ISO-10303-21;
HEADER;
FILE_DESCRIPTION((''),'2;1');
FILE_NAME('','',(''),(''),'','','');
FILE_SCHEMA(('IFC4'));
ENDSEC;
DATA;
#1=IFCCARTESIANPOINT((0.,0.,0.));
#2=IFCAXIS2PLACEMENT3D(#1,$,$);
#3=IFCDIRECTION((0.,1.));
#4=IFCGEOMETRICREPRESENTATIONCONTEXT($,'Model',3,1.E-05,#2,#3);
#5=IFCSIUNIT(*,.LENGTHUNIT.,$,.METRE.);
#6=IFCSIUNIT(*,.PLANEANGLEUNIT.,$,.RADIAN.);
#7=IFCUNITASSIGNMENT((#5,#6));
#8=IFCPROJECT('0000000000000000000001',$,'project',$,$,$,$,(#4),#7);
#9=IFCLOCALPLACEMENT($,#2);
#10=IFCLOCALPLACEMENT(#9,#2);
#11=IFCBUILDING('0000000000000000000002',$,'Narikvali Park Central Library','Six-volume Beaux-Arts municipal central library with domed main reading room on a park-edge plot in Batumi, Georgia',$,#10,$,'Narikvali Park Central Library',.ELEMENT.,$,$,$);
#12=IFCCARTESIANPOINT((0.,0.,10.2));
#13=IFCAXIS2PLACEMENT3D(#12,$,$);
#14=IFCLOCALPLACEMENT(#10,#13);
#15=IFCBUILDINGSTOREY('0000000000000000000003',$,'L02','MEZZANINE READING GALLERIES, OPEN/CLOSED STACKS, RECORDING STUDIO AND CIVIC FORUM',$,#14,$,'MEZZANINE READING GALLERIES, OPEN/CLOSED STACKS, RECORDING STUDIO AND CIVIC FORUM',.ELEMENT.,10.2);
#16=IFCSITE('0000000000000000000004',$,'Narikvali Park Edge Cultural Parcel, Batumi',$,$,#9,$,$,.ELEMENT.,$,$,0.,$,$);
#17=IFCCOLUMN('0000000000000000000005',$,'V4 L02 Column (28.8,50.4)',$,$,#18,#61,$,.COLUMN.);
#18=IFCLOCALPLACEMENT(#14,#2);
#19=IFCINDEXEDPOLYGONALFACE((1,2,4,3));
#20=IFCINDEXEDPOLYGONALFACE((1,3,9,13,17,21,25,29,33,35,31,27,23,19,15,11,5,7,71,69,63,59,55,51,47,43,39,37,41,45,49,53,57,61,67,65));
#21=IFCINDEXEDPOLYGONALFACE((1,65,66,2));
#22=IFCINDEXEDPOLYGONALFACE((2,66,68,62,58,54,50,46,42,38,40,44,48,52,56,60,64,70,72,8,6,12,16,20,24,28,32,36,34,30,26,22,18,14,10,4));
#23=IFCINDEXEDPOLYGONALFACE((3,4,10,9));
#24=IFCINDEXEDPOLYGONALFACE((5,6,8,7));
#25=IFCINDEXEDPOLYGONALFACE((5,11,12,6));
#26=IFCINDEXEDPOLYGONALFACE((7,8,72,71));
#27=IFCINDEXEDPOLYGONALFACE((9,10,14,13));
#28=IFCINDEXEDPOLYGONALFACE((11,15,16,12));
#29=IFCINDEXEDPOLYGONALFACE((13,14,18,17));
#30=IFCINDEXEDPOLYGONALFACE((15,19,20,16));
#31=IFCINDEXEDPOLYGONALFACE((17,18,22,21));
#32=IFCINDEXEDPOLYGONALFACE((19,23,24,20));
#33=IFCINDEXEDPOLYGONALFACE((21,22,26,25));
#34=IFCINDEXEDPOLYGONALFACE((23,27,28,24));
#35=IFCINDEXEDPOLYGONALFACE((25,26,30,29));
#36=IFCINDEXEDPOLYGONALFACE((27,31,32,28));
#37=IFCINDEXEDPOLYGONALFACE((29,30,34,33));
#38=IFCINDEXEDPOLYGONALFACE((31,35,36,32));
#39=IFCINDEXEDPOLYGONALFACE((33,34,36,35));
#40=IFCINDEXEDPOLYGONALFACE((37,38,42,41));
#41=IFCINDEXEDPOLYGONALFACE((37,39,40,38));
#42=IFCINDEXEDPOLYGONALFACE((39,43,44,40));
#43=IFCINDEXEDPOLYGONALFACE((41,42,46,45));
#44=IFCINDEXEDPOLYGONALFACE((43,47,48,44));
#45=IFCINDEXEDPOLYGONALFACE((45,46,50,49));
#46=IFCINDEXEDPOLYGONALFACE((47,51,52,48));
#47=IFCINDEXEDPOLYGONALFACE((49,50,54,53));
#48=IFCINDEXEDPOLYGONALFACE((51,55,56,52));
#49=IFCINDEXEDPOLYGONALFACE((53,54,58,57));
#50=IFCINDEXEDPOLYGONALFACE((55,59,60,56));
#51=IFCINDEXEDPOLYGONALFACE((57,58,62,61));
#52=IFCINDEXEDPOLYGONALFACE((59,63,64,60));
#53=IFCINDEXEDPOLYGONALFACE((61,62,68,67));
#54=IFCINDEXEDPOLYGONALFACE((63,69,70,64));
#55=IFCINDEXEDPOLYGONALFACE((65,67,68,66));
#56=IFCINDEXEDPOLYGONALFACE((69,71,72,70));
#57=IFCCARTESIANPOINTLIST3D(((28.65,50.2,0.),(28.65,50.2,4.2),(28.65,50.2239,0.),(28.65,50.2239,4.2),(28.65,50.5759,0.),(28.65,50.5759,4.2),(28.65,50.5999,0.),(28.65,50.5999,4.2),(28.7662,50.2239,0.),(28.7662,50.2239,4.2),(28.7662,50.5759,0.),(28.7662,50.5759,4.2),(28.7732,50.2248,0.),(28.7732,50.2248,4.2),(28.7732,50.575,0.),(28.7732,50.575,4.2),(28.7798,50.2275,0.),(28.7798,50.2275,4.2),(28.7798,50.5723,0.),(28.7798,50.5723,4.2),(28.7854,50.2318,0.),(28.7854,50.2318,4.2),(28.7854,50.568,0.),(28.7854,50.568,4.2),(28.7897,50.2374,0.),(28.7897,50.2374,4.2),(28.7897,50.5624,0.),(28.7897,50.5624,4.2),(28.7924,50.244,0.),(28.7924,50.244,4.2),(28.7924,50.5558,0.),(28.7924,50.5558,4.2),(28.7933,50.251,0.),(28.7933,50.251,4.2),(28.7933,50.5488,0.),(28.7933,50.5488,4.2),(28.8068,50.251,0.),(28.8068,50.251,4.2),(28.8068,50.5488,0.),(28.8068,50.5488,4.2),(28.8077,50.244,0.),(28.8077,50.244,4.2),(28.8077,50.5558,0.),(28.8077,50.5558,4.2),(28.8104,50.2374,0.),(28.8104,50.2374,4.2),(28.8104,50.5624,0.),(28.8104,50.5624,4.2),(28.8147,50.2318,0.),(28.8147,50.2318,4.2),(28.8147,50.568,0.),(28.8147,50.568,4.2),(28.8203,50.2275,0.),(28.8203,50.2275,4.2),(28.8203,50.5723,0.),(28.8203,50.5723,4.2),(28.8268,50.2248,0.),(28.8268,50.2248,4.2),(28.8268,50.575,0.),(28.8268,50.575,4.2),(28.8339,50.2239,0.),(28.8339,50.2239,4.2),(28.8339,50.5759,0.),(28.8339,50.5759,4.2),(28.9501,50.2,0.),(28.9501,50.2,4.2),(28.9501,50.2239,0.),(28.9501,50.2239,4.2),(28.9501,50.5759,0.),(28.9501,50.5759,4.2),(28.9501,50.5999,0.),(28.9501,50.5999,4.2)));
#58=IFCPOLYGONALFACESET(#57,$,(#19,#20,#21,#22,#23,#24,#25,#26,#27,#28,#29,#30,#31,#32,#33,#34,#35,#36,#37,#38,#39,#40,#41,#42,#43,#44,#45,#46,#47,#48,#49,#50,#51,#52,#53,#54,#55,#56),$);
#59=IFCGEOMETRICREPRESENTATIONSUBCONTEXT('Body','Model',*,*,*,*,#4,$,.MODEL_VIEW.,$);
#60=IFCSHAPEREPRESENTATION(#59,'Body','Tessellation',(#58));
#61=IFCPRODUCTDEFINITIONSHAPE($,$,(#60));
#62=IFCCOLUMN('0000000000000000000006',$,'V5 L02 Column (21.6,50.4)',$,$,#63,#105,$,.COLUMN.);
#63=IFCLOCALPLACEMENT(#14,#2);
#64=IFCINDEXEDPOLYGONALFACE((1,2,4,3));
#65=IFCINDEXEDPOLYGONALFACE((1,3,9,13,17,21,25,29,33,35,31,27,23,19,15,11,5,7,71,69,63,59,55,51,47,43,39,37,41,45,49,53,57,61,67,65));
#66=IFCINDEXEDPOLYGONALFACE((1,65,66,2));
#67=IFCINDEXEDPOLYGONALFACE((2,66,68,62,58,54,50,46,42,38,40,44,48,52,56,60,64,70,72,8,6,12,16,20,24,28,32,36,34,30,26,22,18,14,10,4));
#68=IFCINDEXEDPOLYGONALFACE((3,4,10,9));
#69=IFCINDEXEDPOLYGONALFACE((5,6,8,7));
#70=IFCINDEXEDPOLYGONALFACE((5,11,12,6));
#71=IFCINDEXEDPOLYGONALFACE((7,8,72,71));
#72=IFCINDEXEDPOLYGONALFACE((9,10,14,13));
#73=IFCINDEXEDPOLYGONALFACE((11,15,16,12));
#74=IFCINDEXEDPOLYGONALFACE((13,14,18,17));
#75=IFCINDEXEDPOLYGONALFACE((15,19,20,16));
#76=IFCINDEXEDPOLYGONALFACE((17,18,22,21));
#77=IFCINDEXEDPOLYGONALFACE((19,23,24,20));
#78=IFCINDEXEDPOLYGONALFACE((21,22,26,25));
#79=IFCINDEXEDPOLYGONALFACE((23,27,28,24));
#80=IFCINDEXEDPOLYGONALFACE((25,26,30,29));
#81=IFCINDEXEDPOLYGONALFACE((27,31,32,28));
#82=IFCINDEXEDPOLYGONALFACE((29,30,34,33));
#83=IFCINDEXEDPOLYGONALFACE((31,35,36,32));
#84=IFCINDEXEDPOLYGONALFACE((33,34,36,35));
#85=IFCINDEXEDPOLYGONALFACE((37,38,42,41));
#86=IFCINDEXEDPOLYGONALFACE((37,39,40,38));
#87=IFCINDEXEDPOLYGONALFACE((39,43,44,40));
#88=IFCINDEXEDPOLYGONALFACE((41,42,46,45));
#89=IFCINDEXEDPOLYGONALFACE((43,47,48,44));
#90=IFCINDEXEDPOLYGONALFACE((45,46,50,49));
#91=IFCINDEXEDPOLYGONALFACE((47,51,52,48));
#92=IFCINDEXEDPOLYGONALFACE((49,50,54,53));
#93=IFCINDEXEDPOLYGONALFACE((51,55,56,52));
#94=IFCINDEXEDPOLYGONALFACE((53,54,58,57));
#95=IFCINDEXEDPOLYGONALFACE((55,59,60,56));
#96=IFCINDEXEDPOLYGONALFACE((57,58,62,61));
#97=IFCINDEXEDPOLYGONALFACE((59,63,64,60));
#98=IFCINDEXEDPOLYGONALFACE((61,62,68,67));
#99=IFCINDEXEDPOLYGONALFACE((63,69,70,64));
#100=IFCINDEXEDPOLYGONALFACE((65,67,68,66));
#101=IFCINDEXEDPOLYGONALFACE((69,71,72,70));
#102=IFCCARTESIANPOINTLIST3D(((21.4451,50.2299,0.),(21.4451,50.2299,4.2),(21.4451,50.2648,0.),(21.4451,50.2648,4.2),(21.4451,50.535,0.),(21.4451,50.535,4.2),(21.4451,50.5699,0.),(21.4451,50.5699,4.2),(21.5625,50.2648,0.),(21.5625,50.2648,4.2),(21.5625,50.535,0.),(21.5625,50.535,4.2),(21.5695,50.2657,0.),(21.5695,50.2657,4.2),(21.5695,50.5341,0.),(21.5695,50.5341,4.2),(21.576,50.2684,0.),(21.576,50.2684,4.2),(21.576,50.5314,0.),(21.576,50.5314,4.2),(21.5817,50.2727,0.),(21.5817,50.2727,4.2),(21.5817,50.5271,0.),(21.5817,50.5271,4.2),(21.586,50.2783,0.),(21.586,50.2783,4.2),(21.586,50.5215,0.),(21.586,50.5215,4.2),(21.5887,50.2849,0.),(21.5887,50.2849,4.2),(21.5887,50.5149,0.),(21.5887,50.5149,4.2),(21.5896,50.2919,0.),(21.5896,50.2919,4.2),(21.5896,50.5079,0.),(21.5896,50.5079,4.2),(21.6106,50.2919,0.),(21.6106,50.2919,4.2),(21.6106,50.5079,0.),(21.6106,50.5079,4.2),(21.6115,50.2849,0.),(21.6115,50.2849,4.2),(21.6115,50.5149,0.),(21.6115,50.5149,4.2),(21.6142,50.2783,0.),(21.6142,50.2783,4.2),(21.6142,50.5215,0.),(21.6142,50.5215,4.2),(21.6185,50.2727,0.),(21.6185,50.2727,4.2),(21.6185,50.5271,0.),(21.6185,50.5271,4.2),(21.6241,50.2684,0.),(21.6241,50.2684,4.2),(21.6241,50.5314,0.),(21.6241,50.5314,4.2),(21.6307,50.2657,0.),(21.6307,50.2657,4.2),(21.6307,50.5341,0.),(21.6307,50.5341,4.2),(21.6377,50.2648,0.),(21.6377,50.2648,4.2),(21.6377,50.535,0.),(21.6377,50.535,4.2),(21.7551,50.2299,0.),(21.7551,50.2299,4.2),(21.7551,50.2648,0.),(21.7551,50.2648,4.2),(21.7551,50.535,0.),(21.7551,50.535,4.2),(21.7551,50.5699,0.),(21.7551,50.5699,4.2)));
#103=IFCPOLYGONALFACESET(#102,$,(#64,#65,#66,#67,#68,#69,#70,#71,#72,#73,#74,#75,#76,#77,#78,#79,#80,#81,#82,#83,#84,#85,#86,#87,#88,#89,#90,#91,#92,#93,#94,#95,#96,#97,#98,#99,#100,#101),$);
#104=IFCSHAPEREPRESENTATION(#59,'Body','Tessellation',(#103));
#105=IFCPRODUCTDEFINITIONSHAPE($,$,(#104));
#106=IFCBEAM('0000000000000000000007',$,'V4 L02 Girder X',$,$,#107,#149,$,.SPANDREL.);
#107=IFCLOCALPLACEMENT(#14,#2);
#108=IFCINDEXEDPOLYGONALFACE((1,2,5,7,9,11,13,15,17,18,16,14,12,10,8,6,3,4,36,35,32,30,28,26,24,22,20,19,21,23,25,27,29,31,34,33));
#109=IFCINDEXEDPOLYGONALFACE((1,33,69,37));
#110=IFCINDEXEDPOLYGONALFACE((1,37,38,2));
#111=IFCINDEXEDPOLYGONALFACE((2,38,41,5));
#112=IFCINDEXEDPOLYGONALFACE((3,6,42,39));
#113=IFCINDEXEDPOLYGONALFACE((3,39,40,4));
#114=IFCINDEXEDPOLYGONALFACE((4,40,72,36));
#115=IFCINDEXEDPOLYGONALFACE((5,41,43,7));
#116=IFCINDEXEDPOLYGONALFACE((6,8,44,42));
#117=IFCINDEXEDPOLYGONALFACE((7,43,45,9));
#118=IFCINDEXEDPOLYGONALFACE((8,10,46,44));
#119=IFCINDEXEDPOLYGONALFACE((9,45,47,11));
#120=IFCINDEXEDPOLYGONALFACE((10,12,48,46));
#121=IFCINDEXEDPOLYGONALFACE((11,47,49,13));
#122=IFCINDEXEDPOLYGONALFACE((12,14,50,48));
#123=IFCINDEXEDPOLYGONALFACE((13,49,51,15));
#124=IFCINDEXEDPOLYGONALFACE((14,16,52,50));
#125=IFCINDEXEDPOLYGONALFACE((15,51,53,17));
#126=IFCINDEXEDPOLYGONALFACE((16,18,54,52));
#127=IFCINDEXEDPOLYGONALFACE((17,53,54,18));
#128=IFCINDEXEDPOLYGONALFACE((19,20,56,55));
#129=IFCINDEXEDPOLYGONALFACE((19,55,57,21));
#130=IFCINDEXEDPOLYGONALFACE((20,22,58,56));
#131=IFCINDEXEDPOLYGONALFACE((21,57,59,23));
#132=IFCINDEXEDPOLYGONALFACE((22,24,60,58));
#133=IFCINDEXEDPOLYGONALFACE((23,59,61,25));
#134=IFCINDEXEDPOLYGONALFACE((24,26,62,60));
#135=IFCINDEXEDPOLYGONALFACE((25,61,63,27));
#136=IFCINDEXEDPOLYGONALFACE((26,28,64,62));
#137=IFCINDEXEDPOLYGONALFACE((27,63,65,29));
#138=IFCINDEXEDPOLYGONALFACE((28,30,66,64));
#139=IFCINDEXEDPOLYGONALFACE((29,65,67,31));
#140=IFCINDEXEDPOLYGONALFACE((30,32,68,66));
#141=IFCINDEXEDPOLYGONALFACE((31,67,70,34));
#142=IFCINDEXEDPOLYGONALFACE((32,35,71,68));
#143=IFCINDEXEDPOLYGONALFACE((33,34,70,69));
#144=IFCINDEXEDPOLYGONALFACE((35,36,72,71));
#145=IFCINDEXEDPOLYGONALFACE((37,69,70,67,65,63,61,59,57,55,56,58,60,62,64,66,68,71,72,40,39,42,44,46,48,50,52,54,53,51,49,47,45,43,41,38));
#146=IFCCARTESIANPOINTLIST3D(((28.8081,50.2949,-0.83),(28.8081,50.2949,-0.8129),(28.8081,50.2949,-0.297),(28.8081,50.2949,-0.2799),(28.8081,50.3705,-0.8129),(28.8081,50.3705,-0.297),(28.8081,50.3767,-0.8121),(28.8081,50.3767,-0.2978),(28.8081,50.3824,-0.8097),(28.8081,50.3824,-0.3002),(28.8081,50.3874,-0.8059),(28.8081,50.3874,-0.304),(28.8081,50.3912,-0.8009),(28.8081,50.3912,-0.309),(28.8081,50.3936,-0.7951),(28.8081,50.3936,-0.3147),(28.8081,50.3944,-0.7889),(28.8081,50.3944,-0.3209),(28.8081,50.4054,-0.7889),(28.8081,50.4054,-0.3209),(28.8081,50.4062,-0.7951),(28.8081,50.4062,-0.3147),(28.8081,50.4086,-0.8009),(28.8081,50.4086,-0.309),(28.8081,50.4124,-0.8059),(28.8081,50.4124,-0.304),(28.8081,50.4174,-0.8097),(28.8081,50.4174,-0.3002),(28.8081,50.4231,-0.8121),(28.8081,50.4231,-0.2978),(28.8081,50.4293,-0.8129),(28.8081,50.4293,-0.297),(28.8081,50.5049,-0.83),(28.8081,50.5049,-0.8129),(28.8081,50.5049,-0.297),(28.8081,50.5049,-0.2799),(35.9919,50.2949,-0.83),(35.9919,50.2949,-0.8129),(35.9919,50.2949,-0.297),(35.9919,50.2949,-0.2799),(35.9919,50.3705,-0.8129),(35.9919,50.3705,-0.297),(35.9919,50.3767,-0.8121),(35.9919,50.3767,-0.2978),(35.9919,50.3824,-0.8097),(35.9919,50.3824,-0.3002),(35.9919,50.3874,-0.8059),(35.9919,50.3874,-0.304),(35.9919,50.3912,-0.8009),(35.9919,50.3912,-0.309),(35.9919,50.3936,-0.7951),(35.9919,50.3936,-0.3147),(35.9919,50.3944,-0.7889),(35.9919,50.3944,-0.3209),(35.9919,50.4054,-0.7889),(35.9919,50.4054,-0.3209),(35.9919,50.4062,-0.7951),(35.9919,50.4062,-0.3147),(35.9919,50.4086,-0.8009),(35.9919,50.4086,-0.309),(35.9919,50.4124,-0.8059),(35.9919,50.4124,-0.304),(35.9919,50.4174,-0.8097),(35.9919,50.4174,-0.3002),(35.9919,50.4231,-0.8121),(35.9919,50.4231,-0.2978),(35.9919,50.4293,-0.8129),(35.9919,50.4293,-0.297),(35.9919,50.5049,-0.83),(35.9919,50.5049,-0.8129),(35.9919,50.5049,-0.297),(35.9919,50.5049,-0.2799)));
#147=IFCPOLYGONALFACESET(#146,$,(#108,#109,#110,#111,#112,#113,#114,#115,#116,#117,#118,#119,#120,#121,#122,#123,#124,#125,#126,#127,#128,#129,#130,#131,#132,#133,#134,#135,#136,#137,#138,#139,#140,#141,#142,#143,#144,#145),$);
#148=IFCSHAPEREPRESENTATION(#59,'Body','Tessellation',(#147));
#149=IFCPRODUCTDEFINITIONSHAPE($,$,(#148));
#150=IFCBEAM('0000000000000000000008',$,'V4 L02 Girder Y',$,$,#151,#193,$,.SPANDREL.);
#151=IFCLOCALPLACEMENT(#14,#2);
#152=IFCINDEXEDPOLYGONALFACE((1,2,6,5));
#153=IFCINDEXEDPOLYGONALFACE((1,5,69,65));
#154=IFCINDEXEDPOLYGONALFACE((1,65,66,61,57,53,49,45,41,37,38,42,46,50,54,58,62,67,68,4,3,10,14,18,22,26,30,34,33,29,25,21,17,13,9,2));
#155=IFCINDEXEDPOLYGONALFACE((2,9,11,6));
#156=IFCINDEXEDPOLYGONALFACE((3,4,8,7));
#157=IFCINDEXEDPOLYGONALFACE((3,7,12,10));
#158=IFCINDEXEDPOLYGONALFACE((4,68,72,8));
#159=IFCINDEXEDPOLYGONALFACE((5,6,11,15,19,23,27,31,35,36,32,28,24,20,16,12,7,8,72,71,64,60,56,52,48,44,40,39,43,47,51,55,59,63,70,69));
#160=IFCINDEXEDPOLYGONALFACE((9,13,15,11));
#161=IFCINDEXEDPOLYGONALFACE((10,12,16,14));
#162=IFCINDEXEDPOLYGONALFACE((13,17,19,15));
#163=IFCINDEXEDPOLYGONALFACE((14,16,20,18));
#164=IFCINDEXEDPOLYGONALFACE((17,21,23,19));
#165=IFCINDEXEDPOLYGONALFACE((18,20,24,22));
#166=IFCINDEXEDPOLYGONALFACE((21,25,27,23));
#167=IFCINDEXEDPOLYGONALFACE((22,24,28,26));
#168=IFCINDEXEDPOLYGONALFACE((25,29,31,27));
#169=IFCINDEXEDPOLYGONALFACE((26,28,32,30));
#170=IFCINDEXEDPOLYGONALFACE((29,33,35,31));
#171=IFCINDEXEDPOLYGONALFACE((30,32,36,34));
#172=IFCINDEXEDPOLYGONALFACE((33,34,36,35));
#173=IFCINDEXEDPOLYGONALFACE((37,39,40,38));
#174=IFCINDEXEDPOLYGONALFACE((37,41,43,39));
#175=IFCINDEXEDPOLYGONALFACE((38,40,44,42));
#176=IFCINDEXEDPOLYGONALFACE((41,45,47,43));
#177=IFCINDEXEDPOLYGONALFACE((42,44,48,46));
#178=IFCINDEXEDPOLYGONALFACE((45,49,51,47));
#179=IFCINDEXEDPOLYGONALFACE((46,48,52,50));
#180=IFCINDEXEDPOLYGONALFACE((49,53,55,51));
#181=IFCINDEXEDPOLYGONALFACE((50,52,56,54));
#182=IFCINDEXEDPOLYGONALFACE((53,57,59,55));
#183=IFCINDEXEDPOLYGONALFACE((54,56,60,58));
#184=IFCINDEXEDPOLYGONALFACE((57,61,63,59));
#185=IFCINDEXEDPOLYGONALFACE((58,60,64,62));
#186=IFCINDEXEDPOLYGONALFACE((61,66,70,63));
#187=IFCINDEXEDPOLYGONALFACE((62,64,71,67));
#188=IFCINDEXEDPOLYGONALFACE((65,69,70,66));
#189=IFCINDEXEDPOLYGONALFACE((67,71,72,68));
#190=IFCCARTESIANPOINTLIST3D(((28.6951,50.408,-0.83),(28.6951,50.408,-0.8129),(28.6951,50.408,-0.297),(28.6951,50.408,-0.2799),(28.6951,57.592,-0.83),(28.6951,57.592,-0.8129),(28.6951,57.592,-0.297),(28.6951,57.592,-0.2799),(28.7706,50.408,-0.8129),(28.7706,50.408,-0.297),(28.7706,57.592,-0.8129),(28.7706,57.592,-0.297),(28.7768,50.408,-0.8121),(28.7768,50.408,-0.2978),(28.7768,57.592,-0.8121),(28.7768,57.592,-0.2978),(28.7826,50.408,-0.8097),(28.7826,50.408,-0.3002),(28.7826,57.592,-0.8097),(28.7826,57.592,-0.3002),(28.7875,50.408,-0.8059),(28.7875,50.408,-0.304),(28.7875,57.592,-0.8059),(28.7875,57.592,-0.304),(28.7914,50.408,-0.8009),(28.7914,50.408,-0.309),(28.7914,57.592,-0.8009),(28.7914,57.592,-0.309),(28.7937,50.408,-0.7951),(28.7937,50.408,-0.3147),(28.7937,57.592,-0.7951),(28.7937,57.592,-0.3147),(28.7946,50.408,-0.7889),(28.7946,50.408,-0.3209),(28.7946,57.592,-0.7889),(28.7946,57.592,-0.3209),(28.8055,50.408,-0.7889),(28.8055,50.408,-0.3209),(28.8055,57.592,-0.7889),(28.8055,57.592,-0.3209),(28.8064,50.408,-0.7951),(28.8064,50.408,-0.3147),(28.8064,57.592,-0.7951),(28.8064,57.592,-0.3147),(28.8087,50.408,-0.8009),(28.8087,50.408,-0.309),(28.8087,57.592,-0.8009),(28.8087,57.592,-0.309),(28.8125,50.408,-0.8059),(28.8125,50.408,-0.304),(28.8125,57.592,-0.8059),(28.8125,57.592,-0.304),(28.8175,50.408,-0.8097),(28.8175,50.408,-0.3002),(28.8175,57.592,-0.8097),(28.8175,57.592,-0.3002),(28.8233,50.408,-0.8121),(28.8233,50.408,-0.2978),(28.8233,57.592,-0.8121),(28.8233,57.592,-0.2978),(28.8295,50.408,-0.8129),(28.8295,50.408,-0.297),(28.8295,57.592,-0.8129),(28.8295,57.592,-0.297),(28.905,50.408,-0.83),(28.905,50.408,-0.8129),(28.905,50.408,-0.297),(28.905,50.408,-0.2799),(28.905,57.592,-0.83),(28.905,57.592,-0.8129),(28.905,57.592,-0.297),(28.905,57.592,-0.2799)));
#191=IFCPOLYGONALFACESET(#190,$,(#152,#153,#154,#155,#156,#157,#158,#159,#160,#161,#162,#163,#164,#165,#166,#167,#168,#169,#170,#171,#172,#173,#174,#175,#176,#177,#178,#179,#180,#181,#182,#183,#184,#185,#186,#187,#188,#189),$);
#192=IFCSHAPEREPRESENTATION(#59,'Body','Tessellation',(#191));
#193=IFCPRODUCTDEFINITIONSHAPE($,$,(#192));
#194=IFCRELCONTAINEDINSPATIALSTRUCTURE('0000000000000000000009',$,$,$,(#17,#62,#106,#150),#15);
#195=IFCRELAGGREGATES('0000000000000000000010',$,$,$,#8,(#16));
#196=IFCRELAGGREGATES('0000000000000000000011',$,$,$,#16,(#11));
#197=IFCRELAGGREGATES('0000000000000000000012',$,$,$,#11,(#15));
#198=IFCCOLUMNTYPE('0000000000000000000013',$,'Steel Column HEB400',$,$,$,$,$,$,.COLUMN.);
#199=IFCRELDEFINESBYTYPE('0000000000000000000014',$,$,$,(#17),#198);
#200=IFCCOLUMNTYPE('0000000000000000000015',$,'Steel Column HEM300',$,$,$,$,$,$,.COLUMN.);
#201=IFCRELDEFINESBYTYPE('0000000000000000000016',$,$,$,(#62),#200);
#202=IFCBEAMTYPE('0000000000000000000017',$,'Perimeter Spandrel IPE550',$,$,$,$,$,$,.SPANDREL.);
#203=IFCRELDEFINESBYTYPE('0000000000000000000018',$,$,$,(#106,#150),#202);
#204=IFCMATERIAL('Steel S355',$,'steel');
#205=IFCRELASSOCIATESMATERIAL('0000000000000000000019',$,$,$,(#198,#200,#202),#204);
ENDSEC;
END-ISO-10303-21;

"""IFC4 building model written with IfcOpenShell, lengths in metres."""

from ifc_helpers import new_model, si_unit, direction, frame, origin, origin_2d, place, context, subcontext, project, spatial, i_section, extrude, material, material_profile, profile_set, type_object, element, save


model = new_model("IFC4")

# Units and contexts
model_context = context("Model", 3, precision=1e-05, world=origin(), true_north=direction((0.0, 1.0)))
body_context = subcontext(model_context, "Body", "Model", "MODEL_VIEW")
ifc_project = project(units=[si_unit("LENGTHUNIT", "METRE"), si_unit("PLANEANGLEUNIT", "RADIAN")], contexts=[model_context])

# Site, building, storey
site_placement = place(None, origin())
site = spatial("IfcSite", under=ifc_project, at=site_placement, Name="Narikvali Park Edge Cultural Parcel, Batumi", CompositionType="ELEMENT", RefElevation=0.0)
building_placement = place(site_placement, origin())
building = spatial("IfcBuilding", under=site, at=building_placement, Name="Narikvali Park Central Library", Description="Six-volume Beaux-Arts municipal central library with domed main reading room on a park-edge plot in Batumi, Georgia", LongName="Narikvali Park Central Library", CompositionType="ELEMENT")
storey_placement = place(building_placement, frame((0.0, 0.0, 10.2)))
storey = spatial("IfcBuildingStorey", under=building, at=storey_placement, Name="L02", Description="MEZZANINE READING GALLERIES, OPEN/CLOSED STACKS, RECORDING STUDIO AND CIVIC FORUM", LongName="MEZZANINE READING GALLERIES, OPEN/CLOSED STACKS, RECORDING STUDIO AND CIVIC FORUM", CompositionType="ELEMENT", Elevation=10.2)

# Columns
ifc_material_1 = material(Name="Steel S355", Category="steel")
ifc_material_profile_1 = material_profile(ifc_material_1, i_section(OverallWidth=0.3, OverallDepth=0.3999, WebThickness=0.0134, FlangeThickness=0.0239, FilletRadius=0.0271, at=origin_2d()), Name="HEB 400")
ifc_profile_set_1 = profile_set([ifc_material_profile_1], Name="Steel S355")
column_type_1 = type_object("IfcColumnType", Name="Steel Column HEB400", PredefinedType="COLUMN", material=ifc_profile_set_1)
column_1_placement = place(storey_placement, frame((28.8, 50.3999, 0.0), z_axis=(0.0, 0.0, 1.0), x_axis=(1.0, 0.0, 0.0)))
element("IfcColumn", 1, at=column_1_placement, inside=storey, type_object=column_type_1, Name="V4 L02 Column (28.8,50.4)", PredefinedType="COLUMN", context=body_context, shape_type="SweptSolid", body=[
    extrude(i_section(OverallWidth=0.3, OverallDepth=0.3999, WebThickness=0.0134, FlangeThickness=0.0239, FilletRadius=0.0271, at=origin_2d()), origin(), (0.0, 0.0, 1.0), 4.2),
])
ifc_material_profile_2 = material_profile(ifc_material_1, i_section(OverallWidth=0.3101, OverallDepth=0.3401, WebThickness=0.021, FlangeThickness=0.0349, FilletRadius=0.0271, at=origin_2d()), Name="HEM 300")
ifc_profile_set_2 = profile_set([ifc_material_profile_2], Name="Steel S355")
column_type_2 = type_object("IfcColumnType", Name="Steel Column HEM300", PredefinedType="COLUMN", material=ifc_profile_set_2)
column_2_placement = place(storey_placement, frame((21.6001, 50.3999, 0.0), z_axis=(0.0, 0.0, 1.0), x_axis=(1.0, 0.0, 0.0)))
element("IfcColumn", 2, at=column_2_placement, inside=storey, type_object=column_type_2, Name="V5 L02 Column (21.6,50.4)", PredefinedType="COLUMN", context=body_context, shape_type="SweptSolid", body=[
    extrude(i_section(OverallWidth=0.3101, OverallDepth=0.3401, WebThickness=0.021, FlangeThickness=0.0349, FilletRadius=0.0271, at=origin_2d()), origin(), (0.0, 0.0, 1.0), 4.2),
])

# Beams
ifc_material_profile_3 = material_profile(ifc_material_1, i_section(OverallWidth=0.21, OverallDepth=0.55, WebThickness=0.011, FlangeThickness=0.0171, FilletRadius=0.0239, at=origin_2d()), Name="IPE 550")
ifc_profile_set_3 = profile_set([ifc_material_profile_3], Name="Steel S355")
beam_type_1 = type_object("IfcBeamType", Name="Perimeter Spandrel IPE550", PredefinedType="SPANDREL", material=ifc_profile_set_3)
beam_1_placement = place(storey_placement, frame((28.8081, 50.3999, -0.5549), z_axis=(1.0, 0.0, 0.0), x_axis=(0.0, 1.0, 0.0)))
element("IfcBeam", 3, at=beam_1_placement, inside=storey, type_object=beam_type_1, Name="V4 L02 Girder X", PredefinedType="SPANDREL", context=body_context, shape_type="SweptSolid", body=[
    extrude(i_section(OverallWidth=0.21, OverallDepth=0.55, WebThickness=0.011, FlangeThickness=0.0171, FilletRadius=0.0239, at=origin_2d()), origin(), (0.0, 0.0, 1.0), 7.1838),
])
beam_2_placement = place(storey_placement, frame((28.8, 50.408, -0.5549), z_axis=(0.0, 1.0, 0.0), x_axis=(-1.0, 0.0, 0.0)))
element("IfcBeam", 4, at=beam_2_placement, inside=storey, type_object=beam_type_1, Name="V4 L02 Girder Y", PredefinedType="SPANDREL", context=body_context, shape_type="SweptSolid", body=[
    extrude(i_section(OverallWidth=0.21, OverallDepth=0.55, WebThickness=0.011, FlangeThickness=0.0171, FilletRadius=0.0239, at=origin_2d()), origin(), (0.0, 0.0, 1.0), 7.1841),
])

save(model, "model.ifc")
